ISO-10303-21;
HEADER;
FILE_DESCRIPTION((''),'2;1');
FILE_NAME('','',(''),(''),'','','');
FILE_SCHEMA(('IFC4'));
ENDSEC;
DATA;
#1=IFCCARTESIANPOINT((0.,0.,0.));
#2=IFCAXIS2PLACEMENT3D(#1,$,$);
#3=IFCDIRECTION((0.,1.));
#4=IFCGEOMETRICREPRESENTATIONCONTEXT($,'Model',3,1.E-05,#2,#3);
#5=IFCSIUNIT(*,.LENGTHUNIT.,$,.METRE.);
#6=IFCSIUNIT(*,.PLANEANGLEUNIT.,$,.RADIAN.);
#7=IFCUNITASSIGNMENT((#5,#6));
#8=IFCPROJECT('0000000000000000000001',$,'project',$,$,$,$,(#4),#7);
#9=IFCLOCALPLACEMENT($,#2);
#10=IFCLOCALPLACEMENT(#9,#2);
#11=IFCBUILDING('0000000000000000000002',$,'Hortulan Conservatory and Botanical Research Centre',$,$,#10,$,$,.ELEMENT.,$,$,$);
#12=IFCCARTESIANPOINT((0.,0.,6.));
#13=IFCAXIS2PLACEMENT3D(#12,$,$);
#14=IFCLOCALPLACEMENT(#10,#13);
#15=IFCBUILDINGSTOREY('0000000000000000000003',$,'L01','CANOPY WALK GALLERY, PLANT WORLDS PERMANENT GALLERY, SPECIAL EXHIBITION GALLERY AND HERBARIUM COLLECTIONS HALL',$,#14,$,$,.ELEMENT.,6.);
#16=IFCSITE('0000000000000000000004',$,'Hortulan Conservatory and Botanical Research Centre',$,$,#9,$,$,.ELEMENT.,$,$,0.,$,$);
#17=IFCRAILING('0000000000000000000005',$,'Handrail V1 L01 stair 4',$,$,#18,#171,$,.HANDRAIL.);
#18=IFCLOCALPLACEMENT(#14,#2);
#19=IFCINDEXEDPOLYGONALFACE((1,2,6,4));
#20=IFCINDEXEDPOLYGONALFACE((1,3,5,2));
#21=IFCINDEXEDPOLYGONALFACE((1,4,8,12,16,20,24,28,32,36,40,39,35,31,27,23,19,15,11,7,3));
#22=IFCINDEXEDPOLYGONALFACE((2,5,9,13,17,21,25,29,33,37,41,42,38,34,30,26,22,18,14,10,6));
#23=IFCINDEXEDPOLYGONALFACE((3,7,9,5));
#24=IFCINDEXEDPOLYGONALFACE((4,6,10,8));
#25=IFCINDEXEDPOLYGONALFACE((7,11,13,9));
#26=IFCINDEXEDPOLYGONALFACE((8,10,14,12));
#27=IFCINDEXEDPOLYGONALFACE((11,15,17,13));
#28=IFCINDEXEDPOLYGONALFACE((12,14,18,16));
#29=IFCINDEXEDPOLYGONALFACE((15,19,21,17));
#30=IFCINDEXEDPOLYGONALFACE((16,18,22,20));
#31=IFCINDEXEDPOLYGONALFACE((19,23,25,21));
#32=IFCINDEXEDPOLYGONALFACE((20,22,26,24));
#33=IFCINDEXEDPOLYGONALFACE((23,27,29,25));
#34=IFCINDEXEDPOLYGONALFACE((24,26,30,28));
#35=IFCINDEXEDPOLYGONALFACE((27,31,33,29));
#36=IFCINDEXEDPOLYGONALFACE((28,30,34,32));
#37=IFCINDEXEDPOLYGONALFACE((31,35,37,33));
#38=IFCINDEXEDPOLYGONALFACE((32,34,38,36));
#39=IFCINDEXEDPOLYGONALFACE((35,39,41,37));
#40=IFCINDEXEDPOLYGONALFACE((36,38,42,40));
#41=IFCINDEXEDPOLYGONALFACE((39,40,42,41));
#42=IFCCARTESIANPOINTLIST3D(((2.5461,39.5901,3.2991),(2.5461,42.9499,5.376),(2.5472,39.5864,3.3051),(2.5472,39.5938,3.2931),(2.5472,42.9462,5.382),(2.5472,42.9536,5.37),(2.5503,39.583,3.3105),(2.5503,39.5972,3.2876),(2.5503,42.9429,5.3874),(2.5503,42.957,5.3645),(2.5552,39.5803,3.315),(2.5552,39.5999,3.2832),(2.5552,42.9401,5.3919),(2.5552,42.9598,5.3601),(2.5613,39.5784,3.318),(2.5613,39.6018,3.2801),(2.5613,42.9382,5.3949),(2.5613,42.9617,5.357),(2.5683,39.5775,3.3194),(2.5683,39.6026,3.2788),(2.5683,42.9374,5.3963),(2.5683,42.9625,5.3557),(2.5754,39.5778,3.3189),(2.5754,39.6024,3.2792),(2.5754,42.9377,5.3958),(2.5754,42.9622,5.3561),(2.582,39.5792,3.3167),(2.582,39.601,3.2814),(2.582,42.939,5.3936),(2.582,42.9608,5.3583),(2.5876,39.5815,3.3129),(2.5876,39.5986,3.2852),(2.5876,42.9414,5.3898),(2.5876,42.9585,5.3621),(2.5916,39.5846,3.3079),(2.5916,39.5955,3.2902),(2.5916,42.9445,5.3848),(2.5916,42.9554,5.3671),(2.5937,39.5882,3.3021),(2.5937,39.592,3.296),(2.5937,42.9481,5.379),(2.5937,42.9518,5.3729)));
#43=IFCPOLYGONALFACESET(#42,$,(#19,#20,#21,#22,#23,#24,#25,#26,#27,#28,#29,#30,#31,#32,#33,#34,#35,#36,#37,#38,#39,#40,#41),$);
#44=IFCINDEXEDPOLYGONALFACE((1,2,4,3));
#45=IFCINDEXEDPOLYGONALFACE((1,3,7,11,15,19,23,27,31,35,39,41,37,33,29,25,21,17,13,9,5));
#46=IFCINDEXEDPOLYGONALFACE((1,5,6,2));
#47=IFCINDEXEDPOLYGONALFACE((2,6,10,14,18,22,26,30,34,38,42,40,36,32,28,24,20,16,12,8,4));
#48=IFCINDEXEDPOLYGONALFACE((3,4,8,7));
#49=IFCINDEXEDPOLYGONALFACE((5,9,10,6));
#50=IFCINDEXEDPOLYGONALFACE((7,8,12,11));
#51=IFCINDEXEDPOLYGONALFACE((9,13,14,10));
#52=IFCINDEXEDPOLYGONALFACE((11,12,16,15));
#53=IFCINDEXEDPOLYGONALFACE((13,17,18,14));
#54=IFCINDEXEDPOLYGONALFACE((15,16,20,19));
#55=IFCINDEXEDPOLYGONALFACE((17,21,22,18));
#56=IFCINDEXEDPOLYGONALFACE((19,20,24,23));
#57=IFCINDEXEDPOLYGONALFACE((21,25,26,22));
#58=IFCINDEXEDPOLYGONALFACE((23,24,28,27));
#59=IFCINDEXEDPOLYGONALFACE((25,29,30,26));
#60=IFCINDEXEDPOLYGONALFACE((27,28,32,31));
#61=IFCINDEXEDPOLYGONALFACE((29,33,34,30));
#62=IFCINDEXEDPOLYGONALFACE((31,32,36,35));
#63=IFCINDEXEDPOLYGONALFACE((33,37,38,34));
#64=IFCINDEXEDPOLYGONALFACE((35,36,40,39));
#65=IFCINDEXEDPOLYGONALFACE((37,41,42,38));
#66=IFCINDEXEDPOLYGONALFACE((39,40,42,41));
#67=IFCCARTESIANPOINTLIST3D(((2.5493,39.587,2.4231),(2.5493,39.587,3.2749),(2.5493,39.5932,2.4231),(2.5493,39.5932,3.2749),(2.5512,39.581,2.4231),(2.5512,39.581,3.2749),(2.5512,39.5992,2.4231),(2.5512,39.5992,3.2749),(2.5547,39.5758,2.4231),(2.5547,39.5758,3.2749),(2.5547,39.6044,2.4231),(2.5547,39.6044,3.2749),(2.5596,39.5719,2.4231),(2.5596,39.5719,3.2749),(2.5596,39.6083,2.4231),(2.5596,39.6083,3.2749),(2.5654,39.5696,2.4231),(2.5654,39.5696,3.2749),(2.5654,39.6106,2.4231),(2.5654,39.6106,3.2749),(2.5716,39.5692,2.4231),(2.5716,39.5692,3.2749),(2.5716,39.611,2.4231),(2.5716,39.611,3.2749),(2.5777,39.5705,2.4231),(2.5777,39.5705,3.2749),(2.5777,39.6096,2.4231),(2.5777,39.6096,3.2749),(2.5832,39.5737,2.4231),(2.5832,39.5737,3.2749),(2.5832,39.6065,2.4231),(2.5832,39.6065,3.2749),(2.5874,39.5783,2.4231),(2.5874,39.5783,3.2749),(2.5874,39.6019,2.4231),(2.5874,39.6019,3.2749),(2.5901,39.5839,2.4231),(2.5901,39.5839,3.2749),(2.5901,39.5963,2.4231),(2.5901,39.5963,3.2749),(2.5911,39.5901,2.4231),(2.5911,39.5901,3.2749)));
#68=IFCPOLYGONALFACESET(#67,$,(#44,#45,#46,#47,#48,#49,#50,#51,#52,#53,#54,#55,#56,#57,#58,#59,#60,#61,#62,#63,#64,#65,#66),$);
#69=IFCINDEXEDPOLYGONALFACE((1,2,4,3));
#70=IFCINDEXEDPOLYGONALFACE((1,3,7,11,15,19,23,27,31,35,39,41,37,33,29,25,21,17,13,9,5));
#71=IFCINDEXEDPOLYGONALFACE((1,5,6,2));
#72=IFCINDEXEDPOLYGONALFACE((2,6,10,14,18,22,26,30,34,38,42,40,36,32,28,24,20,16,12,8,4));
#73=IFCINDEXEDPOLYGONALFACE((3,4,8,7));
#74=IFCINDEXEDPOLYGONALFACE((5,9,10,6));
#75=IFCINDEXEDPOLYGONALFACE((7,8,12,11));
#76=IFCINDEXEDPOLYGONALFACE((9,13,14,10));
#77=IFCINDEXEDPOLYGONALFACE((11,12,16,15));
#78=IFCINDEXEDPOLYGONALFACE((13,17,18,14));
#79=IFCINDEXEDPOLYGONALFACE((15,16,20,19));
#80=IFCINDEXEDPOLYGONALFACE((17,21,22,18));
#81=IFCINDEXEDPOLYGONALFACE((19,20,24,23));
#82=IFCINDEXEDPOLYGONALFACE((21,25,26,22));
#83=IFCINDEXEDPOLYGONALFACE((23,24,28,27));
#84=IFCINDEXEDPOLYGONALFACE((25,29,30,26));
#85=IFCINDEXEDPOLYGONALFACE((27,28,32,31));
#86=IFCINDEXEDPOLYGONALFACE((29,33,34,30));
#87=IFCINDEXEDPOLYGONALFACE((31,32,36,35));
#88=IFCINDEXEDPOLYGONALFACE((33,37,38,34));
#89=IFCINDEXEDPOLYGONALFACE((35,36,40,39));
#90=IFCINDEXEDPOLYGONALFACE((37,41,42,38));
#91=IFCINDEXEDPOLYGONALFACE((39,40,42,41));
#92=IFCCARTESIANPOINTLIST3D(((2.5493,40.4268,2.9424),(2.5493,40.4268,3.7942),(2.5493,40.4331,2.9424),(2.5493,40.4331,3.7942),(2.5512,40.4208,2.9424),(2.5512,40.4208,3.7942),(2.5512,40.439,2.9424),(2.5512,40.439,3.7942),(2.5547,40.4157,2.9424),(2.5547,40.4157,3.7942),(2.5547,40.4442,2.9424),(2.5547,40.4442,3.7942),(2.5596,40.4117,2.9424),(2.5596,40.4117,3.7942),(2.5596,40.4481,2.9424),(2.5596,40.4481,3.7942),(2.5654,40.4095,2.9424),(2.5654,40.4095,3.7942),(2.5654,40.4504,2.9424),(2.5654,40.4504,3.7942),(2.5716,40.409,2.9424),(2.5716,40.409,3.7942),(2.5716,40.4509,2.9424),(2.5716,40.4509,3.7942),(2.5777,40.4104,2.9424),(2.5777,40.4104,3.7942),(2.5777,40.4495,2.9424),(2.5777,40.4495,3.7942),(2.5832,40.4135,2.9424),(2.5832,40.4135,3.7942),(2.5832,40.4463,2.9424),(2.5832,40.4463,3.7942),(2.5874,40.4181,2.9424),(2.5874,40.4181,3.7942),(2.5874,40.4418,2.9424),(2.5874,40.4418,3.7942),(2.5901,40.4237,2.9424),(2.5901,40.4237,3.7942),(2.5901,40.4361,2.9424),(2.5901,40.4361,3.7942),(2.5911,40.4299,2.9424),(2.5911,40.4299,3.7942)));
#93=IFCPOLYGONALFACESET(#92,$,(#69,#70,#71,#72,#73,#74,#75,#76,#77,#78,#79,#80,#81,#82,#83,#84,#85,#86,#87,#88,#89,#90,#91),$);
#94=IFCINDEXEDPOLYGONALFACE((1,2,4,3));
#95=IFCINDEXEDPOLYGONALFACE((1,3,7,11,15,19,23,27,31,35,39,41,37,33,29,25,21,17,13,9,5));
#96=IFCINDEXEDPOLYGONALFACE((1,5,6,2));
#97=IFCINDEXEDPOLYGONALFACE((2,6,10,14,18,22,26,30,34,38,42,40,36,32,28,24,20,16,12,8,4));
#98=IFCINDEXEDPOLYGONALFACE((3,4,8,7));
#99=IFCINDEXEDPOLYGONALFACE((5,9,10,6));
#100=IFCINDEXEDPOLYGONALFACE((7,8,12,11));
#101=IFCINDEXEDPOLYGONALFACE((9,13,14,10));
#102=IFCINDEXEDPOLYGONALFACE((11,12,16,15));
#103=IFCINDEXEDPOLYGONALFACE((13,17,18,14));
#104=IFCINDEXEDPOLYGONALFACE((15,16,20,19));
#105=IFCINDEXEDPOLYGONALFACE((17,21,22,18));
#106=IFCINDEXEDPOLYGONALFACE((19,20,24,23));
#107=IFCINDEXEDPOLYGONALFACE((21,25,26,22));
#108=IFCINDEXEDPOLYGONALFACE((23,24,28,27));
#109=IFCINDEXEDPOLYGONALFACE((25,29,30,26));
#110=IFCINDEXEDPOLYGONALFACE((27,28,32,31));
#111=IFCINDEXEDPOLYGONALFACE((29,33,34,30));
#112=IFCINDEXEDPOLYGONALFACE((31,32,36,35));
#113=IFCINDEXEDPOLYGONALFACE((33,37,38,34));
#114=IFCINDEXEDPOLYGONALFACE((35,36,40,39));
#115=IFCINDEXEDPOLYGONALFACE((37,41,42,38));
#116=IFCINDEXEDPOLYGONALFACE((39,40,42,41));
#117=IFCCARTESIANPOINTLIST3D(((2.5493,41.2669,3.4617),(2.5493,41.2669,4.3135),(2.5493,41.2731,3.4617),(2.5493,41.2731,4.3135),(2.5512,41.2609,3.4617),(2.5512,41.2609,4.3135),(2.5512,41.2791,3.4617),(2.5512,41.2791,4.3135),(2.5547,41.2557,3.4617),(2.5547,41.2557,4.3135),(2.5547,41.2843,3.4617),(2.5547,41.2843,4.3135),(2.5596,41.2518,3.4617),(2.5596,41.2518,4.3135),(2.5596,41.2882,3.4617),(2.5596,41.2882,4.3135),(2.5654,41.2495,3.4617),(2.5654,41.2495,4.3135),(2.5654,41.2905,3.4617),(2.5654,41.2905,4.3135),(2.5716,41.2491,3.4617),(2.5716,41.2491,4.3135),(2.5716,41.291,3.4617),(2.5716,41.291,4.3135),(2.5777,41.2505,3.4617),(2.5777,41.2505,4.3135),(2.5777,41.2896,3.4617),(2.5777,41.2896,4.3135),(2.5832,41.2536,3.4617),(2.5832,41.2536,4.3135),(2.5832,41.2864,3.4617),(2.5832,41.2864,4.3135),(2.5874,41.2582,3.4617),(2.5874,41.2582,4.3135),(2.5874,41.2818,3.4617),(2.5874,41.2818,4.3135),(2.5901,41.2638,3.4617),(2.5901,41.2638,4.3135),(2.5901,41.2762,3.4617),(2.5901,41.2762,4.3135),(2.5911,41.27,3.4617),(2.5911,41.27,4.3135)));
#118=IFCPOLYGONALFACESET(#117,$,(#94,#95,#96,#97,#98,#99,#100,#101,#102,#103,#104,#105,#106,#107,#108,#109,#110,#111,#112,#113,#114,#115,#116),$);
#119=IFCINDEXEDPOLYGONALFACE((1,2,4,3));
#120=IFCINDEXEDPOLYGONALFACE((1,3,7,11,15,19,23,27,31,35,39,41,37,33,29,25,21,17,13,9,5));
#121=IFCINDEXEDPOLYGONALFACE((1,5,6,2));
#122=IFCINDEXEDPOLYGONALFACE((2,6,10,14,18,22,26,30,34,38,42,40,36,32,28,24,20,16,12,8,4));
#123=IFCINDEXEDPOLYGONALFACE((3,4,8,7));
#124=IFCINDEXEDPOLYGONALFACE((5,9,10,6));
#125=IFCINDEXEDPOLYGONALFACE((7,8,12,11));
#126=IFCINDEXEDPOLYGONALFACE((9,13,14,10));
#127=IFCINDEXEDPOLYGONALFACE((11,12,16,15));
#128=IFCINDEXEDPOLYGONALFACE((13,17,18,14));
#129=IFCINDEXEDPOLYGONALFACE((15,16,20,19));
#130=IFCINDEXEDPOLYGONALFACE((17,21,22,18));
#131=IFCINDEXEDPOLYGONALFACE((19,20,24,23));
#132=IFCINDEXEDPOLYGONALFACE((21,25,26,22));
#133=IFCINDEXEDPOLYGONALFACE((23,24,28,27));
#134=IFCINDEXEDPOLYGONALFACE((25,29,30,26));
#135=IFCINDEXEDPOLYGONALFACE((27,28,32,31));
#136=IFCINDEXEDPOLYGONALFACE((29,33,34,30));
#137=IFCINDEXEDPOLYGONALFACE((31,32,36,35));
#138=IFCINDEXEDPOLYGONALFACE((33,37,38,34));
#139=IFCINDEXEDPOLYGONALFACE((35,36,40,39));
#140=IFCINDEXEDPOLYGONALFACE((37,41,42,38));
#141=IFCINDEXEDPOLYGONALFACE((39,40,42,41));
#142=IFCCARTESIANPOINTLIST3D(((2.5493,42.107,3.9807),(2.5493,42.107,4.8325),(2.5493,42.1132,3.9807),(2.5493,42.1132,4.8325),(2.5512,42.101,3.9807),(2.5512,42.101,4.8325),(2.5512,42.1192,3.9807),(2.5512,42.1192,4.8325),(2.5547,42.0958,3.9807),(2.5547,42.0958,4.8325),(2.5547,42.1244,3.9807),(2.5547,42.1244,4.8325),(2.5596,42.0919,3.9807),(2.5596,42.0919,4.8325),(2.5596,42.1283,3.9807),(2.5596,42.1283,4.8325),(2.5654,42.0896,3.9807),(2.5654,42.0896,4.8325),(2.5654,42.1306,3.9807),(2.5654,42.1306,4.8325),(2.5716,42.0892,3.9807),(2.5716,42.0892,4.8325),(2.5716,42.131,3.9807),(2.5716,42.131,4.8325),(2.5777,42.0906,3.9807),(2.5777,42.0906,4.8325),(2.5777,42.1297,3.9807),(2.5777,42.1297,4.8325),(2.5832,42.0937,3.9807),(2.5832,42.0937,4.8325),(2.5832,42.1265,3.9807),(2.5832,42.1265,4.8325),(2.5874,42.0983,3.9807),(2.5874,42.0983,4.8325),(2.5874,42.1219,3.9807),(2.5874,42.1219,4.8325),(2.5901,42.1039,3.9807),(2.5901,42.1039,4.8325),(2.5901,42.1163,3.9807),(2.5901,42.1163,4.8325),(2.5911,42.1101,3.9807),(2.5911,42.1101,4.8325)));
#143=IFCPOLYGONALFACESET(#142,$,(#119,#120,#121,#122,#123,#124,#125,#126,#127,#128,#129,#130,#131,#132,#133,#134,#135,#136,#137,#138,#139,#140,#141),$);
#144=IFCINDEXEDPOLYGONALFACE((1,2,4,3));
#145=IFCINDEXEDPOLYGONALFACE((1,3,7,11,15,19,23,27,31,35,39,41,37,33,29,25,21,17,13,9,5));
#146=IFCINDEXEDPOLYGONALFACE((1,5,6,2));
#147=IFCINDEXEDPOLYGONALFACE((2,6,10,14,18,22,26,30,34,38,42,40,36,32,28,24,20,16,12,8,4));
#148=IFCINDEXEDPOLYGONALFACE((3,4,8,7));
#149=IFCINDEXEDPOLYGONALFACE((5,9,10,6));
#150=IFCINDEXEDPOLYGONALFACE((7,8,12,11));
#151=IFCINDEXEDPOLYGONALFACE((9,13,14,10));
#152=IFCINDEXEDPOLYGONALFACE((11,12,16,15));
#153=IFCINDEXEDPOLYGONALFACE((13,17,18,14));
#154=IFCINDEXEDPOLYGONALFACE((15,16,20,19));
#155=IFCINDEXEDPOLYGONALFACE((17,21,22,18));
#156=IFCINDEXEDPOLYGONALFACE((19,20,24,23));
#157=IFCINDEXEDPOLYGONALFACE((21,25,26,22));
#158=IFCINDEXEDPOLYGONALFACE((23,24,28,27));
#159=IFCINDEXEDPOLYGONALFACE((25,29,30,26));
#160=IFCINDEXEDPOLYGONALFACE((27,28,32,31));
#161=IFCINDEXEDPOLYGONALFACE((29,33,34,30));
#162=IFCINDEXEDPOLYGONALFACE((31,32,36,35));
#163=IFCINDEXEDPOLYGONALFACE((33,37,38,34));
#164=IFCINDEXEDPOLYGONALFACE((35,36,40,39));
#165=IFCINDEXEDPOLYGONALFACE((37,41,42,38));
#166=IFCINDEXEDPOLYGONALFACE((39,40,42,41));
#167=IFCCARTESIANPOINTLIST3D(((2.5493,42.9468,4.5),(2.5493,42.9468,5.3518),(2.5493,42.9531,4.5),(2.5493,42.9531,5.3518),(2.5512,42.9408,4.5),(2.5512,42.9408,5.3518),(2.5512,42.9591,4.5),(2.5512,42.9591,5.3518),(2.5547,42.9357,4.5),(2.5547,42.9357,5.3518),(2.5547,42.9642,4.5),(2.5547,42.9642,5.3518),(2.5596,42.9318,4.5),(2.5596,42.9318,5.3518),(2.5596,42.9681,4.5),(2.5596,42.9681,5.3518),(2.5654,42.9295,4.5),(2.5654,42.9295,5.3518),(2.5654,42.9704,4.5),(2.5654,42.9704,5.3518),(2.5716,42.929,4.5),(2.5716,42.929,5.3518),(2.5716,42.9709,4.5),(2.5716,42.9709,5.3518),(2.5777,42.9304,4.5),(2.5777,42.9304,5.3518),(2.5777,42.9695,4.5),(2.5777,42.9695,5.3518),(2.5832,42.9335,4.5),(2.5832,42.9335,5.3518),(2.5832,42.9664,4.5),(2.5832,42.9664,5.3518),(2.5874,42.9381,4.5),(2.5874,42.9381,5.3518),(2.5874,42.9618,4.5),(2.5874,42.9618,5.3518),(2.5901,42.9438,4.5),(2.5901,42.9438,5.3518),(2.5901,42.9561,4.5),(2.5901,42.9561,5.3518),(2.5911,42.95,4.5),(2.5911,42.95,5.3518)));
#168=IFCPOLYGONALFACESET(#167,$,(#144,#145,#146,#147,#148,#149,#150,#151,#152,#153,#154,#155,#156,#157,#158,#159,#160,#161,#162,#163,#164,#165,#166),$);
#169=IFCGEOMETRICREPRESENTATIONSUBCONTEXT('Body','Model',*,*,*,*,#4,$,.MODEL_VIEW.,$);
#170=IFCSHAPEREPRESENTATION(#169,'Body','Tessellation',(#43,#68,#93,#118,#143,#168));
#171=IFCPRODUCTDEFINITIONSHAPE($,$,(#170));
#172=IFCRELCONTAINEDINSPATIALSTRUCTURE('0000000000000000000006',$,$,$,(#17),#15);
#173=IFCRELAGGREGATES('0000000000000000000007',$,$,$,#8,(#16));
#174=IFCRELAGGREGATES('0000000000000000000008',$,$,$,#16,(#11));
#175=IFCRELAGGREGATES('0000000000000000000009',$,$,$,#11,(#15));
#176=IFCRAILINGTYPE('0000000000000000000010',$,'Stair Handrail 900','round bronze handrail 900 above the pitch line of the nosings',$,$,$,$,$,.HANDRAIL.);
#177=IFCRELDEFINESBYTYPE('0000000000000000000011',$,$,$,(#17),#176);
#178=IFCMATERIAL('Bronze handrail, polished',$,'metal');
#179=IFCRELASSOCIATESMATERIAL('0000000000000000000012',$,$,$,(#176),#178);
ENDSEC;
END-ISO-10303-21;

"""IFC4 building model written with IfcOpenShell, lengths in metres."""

from ifc_helpers import new_model, si_unit, direction, frame, origin, origin_2d, place, context, subcontext, project, spatial, circle, extrude, material, type_object, element, save


model = new_model("IFC4")

# Units and contexts
model_context = context("Model", 3, precision=1e-05, world=origin(), true_north=direction((0.0, 1.0)))
body_context = subcontext(model_context, "Body", "Model", "MODEL_VIEW")
ifc_project = project(units=[si_unit("LENGTHUNIT", "METRE"), si_unit("PLANEANGLEUNIT", "RADIAN")], contexts=[model_context])

# Site, building, storey
site_placement = place(None, origin())
site = spatial("IfcSite", under=ifc_project, at=site_placement, Name="Hortulan Conservatory and Botanical Research Centre", CompositionType="ELEMENT", RefElevation=0.0)
building_placement = place(site_placement, origin())
building = spatial("IfcBuilding", under=site, at=building_placement, Name="Hortulan Conservatory and Botanical Research Centre", CompositionType="ELEMENT")
storey_placement = place(building_placement, frame((0.0, 0.0, 6.0)))
storey = spatial("IfcBuildingStorey", under=building, at=storey_placement, Name="L01", Description="CANOPY WALK GALLERY, PLANT WORLDS PERMANENT GALLERY, SPECIAL EXHIBITION GALLERY AND HERBARIUM COLLECTIONS HALL", CompositionType="ELEMENT", Elevation=6.0)

# Railing
ifc_material_1 = material(Name="Bronze handrail, polished", Category="metal")
railing_type_1 = type_object("IfcRailingType", Name="Stair Handrail 900", Description="round bronze handrail 900 above the pitch line of the nosings", PredefinedType="HANDRAIL", material=ifc_material_1)
for number, where, name in (
    (1, (2.5701, 39.5901, 2.4231), "Handrail V1 L01 stair 4"),
):
    element("IfcRailing", number, at=place(storey_placement, frame(where)), inside=storey, type_object=railing_type_1, Name=name, PredefinedType="HANDRAIL", context=body_context, shape_type="SweptSolid", body=[
        extrude(circle(Radius=0.0239, at=origin_2d()), frame((0.0, 0.0, 0.876), z_axis=(0.0, 0.850606, 0.525803), x_axis=(-1.0, 0.0, 0.0)), (0.0, 0.0, 1.0), 3.95),
        extrude(circle(Radius=0.021, at=origin_2d()), origin(), (0.0, 0.0, 1.0), 0.8518),
        extrude(circle(Radius=0.021, at=origin_2d()), frame((0.0, 0.8398, 0.5193)), (0.0, 0.0, 1.0), 0.8518),
        extrude(circle(Radius=0.021, at=origin_2d()), frame((0.0, 1.6799, 1.0386)), (0.0, 0.0, 1.0), 0.8518),
        extrude(circle(Radius=0.021, at=origin_2d()), frame((0.0, 2.52, 1.5576)), (0.0, 0.0, 1.0), 0.8518),
        extrude(circle(Radius=0.021, at=origin_2d()), frame((0.0, 3.3599, 2.0769)), (0.0, 0.0, 1.0), 0.8518),
    ])

save(model, "model.ifc")
